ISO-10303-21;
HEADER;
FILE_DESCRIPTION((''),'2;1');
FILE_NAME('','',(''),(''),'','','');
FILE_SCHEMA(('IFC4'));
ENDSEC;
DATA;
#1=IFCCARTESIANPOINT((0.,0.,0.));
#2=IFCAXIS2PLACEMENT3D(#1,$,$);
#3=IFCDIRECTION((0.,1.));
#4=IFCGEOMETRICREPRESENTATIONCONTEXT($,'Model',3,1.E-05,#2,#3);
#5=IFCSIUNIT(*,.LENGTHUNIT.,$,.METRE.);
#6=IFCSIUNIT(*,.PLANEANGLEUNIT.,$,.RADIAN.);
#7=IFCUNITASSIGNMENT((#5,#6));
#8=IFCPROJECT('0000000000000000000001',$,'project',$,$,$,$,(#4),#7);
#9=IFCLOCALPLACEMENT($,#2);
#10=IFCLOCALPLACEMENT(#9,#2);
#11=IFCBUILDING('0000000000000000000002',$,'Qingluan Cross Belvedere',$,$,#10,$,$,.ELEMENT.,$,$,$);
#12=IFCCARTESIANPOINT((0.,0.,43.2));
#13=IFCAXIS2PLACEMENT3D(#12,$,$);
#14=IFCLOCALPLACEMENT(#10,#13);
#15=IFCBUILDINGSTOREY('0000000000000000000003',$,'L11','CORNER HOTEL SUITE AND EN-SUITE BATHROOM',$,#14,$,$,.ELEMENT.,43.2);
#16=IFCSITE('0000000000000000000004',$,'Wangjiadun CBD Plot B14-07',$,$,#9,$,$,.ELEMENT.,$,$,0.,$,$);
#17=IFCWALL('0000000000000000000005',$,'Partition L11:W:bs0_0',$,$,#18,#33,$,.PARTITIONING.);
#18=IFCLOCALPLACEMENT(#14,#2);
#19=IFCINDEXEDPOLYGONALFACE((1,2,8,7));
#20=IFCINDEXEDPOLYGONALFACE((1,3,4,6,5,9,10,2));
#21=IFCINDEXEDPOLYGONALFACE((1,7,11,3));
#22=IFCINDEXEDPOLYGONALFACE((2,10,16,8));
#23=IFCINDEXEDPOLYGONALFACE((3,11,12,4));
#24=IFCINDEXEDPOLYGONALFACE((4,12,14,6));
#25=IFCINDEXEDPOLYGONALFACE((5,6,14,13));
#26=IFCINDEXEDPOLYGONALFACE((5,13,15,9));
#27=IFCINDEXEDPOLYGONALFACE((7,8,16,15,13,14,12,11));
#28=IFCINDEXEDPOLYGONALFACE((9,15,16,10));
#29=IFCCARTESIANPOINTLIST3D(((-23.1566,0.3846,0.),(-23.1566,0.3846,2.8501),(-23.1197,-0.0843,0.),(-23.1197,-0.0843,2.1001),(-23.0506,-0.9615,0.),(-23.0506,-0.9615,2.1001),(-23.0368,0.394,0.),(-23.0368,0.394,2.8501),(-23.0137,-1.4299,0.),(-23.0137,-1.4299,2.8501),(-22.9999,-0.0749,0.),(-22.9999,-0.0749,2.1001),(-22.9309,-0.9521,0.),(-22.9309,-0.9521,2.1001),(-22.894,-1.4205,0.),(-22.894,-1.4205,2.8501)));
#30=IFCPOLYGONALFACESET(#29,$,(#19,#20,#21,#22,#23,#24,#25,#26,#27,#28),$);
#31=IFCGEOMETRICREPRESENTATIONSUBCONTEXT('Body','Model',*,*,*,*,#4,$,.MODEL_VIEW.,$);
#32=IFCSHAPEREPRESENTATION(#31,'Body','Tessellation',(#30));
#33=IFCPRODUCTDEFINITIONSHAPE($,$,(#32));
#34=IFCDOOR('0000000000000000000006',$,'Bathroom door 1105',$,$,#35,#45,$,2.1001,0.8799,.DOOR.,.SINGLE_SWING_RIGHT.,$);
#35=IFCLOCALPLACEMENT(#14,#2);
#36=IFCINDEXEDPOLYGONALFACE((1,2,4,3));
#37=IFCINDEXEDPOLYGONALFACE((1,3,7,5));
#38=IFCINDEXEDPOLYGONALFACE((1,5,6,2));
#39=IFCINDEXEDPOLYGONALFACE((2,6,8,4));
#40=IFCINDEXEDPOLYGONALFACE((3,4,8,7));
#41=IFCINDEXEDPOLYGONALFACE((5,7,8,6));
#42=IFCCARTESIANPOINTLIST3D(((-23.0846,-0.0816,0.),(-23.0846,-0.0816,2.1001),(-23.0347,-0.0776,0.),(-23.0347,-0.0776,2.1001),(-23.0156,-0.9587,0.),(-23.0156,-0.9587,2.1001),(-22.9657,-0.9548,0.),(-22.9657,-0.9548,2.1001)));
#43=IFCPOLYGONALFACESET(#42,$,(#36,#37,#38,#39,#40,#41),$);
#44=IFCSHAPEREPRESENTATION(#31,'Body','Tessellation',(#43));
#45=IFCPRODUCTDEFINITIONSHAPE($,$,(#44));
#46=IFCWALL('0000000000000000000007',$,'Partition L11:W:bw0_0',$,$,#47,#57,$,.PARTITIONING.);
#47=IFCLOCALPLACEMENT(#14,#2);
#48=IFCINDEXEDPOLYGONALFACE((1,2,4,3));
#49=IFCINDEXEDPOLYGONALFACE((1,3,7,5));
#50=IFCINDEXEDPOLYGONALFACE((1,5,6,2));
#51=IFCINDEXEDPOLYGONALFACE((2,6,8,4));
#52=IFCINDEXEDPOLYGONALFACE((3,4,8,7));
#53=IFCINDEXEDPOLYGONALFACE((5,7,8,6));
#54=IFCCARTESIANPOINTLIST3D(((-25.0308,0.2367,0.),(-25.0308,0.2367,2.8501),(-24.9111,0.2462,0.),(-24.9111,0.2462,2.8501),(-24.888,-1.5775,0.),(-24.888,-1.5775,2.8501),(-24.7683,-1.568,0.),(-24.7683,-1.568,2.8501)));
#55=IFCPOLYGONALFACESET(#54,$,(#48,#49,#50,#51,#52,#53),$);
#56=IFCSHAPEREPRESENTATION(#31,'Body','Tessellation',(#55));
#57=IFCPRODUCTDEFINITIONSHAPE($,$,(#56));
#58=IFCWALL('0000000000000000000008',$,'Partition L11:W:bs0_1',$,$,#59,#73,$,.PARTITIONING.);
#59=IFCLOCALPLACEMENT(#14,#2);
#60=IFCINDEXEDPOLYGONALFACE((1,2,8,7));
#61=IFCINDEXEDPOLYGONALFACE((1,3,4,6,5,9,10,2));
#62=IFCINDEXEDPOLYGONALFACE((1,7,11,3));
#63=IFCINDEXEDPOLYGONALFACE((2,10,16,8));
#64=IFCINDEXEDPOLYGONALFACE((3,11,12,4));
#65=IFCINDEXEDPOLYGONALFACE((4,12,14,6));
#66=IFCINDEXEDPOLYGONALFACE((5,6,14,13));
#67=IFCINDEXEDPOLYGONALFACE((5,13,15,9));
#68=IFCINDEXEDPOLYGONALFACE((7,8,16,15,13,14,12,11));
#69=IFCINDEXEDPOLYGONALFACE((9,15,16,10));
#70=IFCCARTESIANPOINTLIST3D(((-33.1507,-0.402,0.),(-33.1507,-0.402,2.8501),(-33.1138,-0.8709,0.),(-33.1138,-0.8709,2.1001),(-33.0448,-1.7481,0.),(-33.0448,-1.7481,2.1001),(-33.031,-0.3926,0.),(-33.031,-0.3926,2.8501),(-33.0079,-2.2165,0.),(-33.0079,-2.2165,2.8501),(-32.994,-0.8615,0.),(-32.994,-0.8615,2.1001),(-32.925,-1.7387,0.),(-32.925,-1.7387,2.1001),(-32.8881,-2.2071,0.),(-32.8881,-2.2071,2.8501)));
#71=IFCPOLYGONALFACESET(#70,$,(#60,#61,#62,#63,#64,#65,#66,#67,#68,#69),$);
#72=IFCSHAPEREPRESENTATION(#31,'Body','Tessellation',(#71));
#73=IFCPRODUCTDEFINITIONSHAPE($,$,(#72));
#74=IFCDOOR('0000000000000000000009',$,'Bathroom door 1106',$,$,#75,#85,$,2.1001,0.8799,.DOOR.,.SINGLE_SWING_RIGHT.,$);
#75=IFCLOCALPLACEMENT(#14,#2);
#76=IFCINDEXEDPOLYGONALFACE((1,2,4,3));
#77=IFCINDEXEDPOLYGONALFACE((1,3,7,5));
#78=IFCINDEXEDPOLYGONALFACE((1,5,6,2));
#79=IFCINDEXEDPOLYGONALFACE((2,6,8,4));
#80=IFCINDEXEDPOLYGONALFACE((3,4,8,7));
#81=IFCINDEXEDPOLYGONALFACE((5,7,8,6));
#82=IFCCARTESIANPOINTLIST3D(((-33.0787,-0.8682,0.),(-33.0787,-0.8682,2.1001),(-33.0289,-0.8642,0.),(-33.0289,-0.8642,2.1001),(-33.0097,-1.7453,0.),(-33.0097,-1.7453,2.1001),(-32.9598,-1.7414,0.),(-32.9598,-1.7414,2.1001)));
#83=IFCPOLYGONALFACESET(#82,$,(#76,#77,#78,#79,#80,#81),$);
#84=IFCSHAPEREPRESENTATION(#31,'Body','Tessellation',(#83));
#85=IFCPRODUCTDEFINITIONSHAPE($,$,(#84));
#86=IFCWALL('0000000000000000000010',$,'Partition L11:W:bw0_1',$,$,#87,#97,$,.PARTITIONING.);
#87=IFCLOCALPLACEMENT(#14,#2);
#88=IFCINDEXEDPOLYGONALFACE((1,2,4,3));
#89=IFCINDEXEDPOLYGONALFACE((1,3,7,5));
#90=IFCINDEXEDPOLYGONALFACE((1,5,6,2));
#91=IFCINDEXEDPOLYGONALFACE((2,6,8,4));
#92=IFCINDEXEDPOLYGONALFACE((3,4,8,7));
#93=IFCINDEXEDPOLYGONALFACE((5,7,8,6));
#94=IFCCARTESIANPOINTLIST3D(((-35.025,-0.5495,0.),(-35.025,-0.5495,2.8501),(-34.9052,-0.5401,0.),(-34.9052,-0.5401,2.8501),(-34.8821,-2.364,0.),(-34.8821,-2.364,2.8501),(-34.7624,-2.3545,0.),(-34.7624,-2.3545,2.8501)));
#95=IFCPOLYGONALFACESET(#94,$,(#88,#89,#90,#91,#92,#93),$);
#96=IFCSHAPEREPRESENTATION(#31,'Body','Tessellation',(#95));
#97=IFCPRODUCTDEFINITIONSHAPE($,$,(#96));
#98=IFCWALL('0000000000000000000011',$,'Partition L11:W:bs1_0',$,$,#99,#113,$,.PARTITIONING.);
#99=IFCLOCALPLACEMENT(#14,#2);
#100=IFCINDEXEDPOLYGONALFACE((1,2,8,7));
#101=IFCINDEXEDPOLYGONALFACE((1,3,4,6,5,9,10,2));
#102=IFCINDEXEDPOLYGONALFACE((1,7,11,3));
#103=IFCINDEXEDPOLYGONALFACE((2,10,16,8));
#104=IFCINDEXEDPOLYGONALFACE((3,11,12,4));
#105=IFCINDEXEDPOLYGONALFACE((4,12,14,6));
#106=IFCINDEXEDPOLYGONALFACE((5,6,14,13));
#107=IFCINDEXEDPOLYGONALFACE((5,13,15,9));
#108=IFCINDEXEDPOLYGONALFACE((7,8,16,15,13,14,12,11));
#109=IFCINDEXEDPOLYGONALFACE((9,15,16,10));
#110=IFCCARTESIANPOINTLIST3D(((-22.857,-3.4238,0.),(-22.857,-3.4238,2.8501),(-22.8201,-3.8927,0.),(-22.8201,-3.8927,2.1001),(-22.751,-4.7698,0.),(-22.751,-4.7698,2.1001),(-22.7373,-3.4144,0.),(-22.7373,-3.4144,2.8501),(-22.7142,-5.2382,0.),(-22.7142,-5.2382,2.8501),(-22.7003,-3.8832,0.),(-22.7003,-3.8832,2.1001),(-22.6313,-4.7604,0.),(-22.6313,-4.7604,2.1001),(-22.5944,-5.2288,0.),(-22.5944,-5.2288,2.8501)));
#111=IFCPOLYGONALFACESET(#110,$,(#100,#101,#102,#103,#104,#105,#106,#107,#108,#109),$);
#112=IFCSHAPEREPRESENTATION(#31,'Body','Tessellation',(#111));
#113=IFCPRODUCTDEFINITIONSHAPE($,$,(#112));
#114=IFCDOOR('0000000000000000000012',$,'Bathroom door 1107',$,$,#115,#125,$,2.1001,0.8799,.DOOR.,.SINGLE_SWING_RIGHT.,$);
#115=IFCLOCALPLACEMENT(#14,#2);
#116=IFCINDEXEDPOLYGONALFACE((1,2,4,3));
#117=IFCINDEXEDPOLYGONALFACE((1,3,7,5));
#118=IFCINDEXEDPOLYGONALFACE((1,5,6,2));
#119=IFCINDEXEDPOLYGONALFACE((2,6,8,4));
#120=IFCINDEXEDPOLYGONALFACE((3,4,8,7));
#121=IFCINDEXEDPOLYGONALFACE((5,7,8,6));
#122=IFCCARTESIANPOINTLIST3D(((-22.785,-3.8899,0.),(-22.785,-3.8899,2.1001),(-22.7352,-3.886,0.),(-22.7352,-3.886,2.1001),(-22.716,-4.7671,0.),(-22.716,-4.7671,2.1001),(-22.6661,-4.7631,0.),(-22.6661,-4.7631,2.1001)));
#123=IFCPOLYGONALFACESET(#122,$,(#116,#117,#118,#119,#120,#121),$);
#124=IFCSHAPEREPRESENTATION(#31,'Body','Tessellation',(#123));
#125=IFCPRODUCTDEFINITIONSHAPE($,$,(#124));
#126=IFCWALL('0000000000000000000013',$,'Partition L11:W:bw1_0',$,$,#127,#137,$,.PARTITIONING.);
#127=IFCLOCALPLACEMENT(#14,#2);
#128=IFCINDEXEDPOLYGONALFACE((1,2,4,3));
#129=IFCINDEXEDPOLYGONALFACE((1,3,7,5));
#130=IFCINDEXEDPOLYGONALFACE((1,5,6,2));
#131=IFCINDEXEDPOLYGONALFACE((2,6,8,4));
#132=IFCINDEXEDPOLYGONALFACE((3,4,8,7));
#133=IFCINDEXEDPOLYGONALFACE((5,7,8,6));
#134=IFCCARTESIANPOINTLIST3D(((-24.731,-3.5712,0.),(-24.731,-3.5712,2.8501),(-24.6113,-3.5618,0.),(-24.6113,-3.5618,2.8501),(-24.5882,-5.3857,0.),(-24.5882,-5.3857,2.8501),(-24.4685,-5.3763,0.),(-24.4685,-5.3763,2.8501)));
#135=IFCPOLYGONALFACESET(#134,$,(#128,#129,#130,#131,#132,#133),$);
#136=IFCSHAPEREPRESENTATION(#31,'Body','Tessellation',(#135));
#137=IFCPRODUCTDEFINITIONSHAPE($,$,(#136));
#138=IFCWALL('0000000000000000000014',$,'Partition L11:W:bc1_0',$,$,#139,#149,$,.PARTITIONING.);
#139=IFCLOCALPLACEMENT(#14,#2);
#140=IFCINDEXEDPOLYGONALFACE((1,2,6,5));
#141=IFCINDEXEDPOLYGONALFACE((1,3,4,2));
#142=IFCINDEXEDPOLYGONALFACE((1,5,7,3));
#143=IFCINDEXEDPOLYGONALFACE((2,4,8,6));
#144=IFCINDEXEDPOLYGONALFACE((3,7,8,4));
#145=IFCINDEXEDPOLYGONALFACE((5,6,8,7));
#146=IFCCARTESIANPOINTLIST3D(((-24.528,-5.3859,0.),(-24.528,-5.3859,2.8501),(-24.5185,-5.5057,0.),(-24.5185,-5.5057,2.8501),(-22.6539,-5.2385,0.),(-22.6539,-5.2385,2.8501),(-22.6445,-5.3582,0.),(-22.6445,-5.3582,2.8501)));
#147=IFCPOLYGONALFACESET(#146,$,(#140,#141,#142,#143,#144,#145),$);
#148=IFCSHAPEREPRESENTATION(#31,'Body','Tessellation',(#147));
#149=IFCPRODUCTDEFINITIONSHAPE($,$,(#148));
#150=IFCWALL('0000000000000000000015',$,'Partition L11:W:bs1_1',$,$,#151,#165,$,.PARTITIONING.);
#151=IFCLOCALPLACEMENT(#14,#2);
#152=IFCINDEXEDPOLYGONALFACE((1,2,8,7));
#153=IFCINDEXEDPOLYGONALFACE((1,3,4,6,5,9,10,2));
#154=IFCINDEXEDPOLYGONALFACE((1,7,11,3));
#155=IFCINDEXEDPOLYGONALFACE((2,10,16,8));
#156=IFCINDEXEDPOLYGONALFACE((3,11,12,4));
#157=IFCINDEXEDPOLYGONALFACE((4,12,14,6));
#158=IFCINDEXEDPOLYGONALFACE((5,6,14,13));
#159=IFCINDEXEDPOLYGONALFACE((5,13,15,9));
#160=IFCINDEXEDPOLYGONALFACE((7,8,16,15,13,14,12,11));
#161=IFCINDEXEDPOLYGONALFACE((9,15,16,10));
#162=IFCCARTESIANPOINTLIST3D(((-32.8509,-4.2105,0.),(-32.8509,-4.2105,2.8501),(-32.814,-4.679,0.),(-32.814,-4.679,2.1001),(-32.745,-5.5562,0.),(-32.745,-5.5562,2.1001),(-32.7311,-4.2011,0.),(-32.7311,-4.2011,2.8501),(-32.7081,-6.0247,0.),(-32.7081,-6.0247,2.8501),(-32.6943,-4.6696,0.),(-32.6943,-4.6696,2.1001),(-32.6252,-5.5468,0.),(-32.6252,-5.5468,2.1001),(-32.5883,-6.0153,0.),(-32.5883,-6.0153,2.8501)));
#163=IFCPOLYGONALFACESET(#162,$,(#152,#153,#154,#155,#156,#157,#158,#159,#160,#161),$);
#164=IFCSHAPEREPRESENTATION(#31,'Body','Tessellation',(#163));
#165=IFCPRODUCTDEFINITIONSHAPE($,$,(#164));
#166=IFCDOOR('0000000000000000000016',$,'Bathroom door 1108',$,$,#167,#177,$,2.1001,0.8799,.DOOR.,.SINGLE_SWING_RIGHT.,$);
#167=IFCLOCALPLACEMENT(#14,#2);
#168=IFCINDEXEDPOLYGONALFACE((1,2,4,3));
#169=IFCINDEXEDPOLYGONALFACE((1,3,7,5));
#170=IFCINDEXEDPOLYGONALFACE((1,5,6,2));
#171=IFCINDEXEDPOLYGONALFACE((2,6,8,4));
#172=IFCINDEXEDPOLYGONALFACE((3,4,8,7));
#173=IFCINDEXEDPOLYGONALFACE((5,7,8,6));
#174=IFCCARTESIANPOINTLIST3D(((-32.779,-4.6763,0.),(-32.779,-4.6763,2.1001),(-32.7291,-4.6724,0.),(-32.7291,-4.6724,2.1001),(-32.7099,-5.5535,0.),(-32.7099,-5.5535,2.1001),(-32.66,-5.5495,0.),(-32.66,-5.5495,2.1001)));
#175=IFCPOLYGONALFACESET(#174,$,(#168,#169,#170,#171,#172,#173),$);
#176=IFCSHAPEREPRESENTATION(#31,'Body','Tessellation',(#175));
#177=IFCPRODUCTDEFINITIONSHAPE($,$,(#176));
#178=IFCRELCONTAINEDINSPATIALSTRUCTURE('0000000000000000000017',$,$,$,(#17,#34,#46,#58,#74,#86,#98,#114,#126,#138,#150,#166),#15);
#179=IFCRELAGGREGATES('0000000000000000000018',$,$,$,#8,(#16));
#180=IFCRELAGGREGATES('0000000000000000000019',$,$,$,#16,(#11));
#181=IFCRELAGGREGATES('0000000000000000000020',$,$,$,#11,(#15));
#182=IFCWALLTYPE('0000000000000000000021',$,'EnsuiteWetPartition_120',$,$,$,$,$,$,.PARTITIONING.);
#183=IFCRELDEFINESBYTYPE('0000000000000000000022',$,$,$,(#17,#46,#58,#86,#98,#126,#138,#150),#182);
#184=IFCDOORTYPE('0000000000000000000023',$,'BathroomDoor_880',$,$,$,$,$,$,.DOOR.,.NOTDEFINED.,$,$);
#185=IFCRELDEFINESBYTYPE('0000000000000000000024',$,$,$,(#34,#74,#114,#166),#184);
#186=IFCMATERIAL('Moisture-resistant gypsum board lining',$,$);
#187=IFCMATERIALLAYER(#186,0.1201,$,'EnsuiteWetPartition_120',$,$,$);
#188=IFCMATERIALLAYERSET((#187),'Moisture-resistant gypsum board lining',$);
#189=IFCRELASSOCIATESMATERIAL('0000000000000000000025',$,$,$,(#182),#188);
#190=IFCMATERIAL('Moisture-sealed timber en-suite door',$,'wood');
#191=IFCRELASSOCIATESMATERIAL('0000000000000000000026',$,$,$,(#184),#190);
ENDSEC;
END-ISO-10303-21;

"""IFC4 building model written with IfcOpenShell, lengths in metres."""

from ifc_helpers import new_model, si_unit, direction, frame, frame_2d, origin, place, context, subcontext, project, spatial, rectangle, extrude, material, layer, layer_set, type_object, element, fill, save


model = new_model("IFC4")

# Units and contexts
model_context = context("Model", 3, precision=1e-05, world=origin(), true_north=direction((0.0, 1.0)))
body_context = subcontext(model_context, "Body", "Model", "MODEL_VIEW")
ifc_project = project(units=[si_unit("LENGTHUNIT", "METRE"), si_unit("PLANEANGLEUNIT", "RADIAN")], contexts=[model_context])

# Site, building, storey
site_placement = place(None, origin())
site = spatial("IfcSite", under=ifc_project, at=site_placement, Name="Wangjiadun CBD Plot B14-07", CompositionType="ELEMENT", RefElevation=0.0)
building_placement = place(site_placement, origin())
building = spatial("IfcBuilding", under=site, at=building_placement, Name="Qingluan Cross Belvedere", CompositionType="ELEMENT")
storey_placement = place(building_placement, frame((0.0, 0.0, 43.2)))
storey = spatial("IfcBuildingStorey", under=building, at=storey_placement, Name="L11", Description="CORNER HOTEL SUITE AND EN-SUITE BATHROOM", CompositionType="ELEMENT", Elevation=43.2)

# Wall, opening, door
ifc_material_1 = material(Name="Moisture-resistant gypsum board lining")
ifc_layer_1 = layer(ifc_material_1, 0.1201, Name="EnsuiteWetPartition_120")
ifc_layer_set_1 = layer_set([ifc_layer_1], Name="Moisture-resistant gypsum board lining")
wall_type_1 = type_object("IfcWallType", Name="EnsuiteWetPartition_120", PredefinedType="PARTITIONING", material=ifc_layer_set_1)
wall_1_placement = place(storey_placement, frame((-22.9539, -1.4253, 0.0), z_axis=(0.0, 0.0, 1.0), x_axis=(-0.078471, 0.996916, 0.0)))
wall_1 = element("IfcWall", 1, at=wall_1_placement, inside=storey, type_object=wall_type_1, Name="Partition L11:W:bs0_0", PredefinedType="PARTITIONING", context=body_context, shape_type="SweptSolid", body=[
    extrude(rectangle(XDim=1.8201, YDim=0.1201, at=frame_2d((0.9102, 0.0))), origin(), (0.0, 0.0, 1.0), 2.8501),
])
opening_1_placement = place(wall_1_placement, frame((0.47, 0.0, 0.0)))
opening_1 = element("IfcOpeningElement", 2, at=opening_1_placement, cuts=wall_1, PredefinedType="OPENING", context=body_context, shape_type="SweptSolid", body=[
    extrude(rectangle(XDim=0.8799, YDim=2.1001, at=frame_2d((0.4399, 1.05))), frame((0.0, 0.0701, 0.0), z_axis=(0.0, -1.0, 0.0), x_axis=(1.0, 0.0, 0.0)), (0.0, 0.0, 1.0), 0.1401),
])
ifc_material_2 = material(Name="Moisture-sealed timber en-suite door", Category="wood")
door_type_1 = type_object("IfcDoorType", Name="BathroomDoor_880", OperationType="NOTDEFINED", PredefinedType="DOOR", material=ifc_material_2)
door_1_placement = place(opening_1_placement, origin())
door_1 = element("IfcDoor", 3, at=door_1_placement, inside=storey, type_object=door_type_1, Name="Bathroom door 1105", OperationType="SINGLE_SWING_RIGHT", OverallHeight=2.1001, OverallWidth=0.8799, PredefinedType="DOOR", context=body_context, shape_type="SweptSolid", body=[
    extrude(rectangle(XDim=0.8799, YDim=2.1001, at=frame_2d((0.4399, 1.05))), frame((0.0, 0.0249, 0.0), z_axis=(0.0, -1.0, 0.0), x_axis=(1.0, 0.0, 0.0)), (0.0, 0.0, 1.0), 0.05),
])
fill(opening_1, door_1)

# Wall
wall_2_placement = place(storey_placement, frame((-24.8281, -1.5728, 0.0), z_axis=(0.0, 0.0, 1.0), x_axis=(-0.078481, 0.996916, 0.0)))
element("IfcWall", 4, at=wall_2_placement, inside=storey, type_object=wall_type_1, Name="Partition L11:W:bw0_0", PredefinedType="PARTITIONING", context=body_context, shape_type="SweptSolid", body=[
    extrude(rectangle(XDim=1.8198, YDim=0.1201, at=frame_2d((0.9099, 0.0))), origin(), (0.0, 0.0, 1.0), 2.8501),
])

# Wall, opening, door
wall_3_placement = place(storey_placement, frame((-32.948, -2.2119, 0.0), z_axis=(0.0, 0.0, 1.0), x_axis=(-0.078471, 0.996916, 0.0)))
wall_3 = element("IfcWall", 5, at=wall_3_placement, inside=storey, type_object=wall_type_1, Name="Partition L11:W:bs0_1", PredefinedType="PARTITIONING", context=body_context, shape_type="SweptSolid", body=[
    extrude(rectangle(XDim=1.8201, YDim=0.1201, at=frame_2d((0.9102, 0.0))), origin(), (0.0, 0.0, 1.0), 2.8501),
])
opening_2_placement = place(wall_3_placement, frame((0.47, 0.0, 0.0)))
opening_2 = element("IfcOpeningElement", 6, at=opening_2_placement, cuts=wall_3, PredefinedType="OPENING", context=body_context, shape_type="SweptSolid", body=[
    extrude(rectangle(XDim=0.8799, YDim=2.1001, at=frame_2d((0.4399, 1.05))), frame((0.0, 0.0701, 0.0), z_axis=(0.0, -1.0, 0.0), x_axis=(1.0, 0.0, 0.0)), (0.0, 0.0, 1.0), 0.1401),
])
door_2_placement = place(opening_2_placement, origin())
door_2 = element("IfcDoor", 7, at=door_2_placement, inside=storey, type_object=door_type_1, Name="Bathroom door 1106", OperationType="SINGLE_SWING_RIGHT", OverallHeight=2.1001, OverallWidth=0.8799, PredefinedType="DOOR", context=body_context, shape_type="SweptSolid", body=[
    extrude(rectangle(XDim=0.8799, YDim=2.1001, at=frame_2d((0.4399, 1.05))), frame((0.0, 0.0249, 0.0), z_axis=(0.0, -1.0, 0.0), x_axis=(1.0, 0.0, 0.0)), (0.0, 0.0, 1.0), 0.05),
])
fill(opening_2, door_2)

# Wall
wall_4_placement = place(storey_placement, frame((-34.8223, -2.3594, 0.0), z_axis=(0.0, 0.0, 1.0), x_axis=(-0.078471, 0.996916, 0.0)))
element("IfcWall", 8, at=wall_4_placement, inside=storey, type_object=wall_type_1, Name="Partition L11:W:bw0_1", PredefinedType="PARTITIONING", context=body_context, shape_type="SweptSolid", body=[
    extrude(rectangle(XDim=1.8201, YDim=0.1201, at=frame_2d((0.9102, 0.0))), origin(), (0.0, 0.0, 1.0), 2.8501),
])

# Wall, opening, door
wall_5_placement = place(storey_placement, frame((-22.6543, -5.2336, 0.0), z_axis=(0.0, 0.0, 1.0), x_axis=(-0.078471, 0.996916, 0.0)))
wall_5 = element("IfcWall", 9, at=wall_5_placement, inside=storey, type_object=wall_type_1, Name="Partition L11:W:bs1_0", PredefinedType="PARTITIONING", context=body_context, shape_type="SweptSolid", body=[
    extrude(rectangle(XDim=1.8201, YDim=0.1201, at=frame_2d((0.9102, 0.0))), origin(), (0.0, 0.0, 1.0), 2.8501),
])
opening_3_placement = place(wall_5_placement, frame((0.47, 0.0, 0.0)))
opening_3 = element("IfcOpeningElement", 10, at=opening_3_placement, cuts=wall_5, PredefinedType="OPENING", context=body_context, shape_type="SweptSolid", body=[
    extrude(rectangle(XDim=0.8799, YDim=2.1001, at=frame_2d((0.4399, 1.05))), frame((0.0, 0.0701, 0.0), z_axis=(0.0, -1.0, 0.0), x_axis=(1.0, 0.0, 0.0)), (0.0, 0.0, 1.0), 0.1401),
])
door_3_placement = place(opening_3_placement, origin())
door_3 = element("IfcDoor", 11, at=door_3_placement, inside=storey, type_object=door_type_1, Name="Bathroom door 1107", OperationType="SINGLE_SWING_RIGHT", OverallHeight=2.1001, OverallWidth=0.8799, PredefinedType="DOOR", context=body_context, shape_type="SweptSolid", body=[
    extrude(rectangle(XDim=0.8799, YDim=2.1001, at=frame_2d((0.4399, 1.05))), frame((0.0, 0.0249, 0.0), z_axis=(0.0, -1.0, 0.0), x_axis=(1.0, 0.0, 0.0)), (0.0, 0.0, 1.0), 0.05),
])
fill(opening_3, door_3)

# Walls
wall_6_placement = place(storey_placement, frame((-24.5283, -5.3811, 0.0), z_axis=(0.0, 0.0, 1.0), x_axis=(-0.078471, 0.996916, 0.0)))
element("IfcWall", 12, at=wall_6_placement, inside=storey, type_object=wall_type_1, Name="Partition L11:W:bw1_0", PredefinedType="PARTITIONING", context=body_context, shape_type="SweptSolid", body=[
    extrude(rectangle(XDim=1.8201, YDim=0.1201, at=frame_2d((0.9102, 0.0))), origin(), (0.0, 0.0, 1.0), 2.8501),
])
wall_7_placement = place(storey_placement, frame((-22.6492, -5.2983, 0.0), z_axis=(0.0, 0.0, 1.0), x_axis=(-0.996918, -0.078444, 0.0)))
element("IfcWall", 13, at=wall_7_placement, inside=storey, type_object=wall_type_1, Name="Partition L11:W:bc1_0", PredefinedType="PARTITIONING", context=body_context, shape_type="SweptSolid", body=[
    extrude(rectangle(XDim=1.8799, YDim=0.1201, at=frame_2d((0.9399, 0.0))), origin(), (0.0, 0.0, 1.0), 2.8501),
])

# Wall, opening, door
wall_8_placement = place(storey_placement, frame((-32.6482, -6.02, 0.0), z_axis=(0.0, 0.0, 1.0), x_axis=(-0.078481, 0.996916, 0.0)))
wall_8 = element("IfcWall", 14, at=wall_8_placement, inside=storey, type_object=wall_type_1, Name="Partition L11:W:bs1_1", PredefinedType="PARTITIONING", context=body_context, shape_type="SweptSolid", body=[
    extrude(rectangle(XDim=1.8198, YDim=0.1201, at=frame_2d((0.9099, 0.0))), origin(), (0.0, 0.0, 1.0), 2.8501),
])
opening_4_placement = place(wall_8_placement, frame((0.47, 0.0, 0.0)))
opening_4 = element("IfcOpeningElement", 15, at=opening_4_placement, cuts=wall_8, PredefinedType="OPENING", context=body_context, shape_type="SweptSolid", body=[
    extrude(rectangle(XDim=0.8799, YDim=2.1001, at=frame_2d((0.4399, 1.05))), frame((0.0, 0.0701, 0.0), z_axis=(0.0, -1.0, 0.0), x_axis=(1.0, 0.0, 0.0)), (0.0, 0.0, 1.0), 0.1401),
])
door_4_placement = place(opening_4_placement, origin())
door_4 = element("IfcDoor", 16, at=door_4_placement, inside=storey, type_object=door_type_1, Name="Bathroom door 1108", OperationType="SINGLE_SWING_RIGHT", OverallHeight=2.1001, OverallWidth=0.8799, PredefinedType="DOOR", context=body_context, shape_type="SweptSolid", body=[
    extrude(rectangle(XDim=0.8799, YDim=2.1001, at=frame_2d((0.4399, 1.05))), frame((0.0, 0.0249, 0.0), z_axis=(0.0, -1.0, 0.0), x_axis=(1.0, 0.0, 0.0)), (0.0, 0.0, 1.0), 0.05),
])
fill(opening_4, door_4)

save(model, "model.ifc")
